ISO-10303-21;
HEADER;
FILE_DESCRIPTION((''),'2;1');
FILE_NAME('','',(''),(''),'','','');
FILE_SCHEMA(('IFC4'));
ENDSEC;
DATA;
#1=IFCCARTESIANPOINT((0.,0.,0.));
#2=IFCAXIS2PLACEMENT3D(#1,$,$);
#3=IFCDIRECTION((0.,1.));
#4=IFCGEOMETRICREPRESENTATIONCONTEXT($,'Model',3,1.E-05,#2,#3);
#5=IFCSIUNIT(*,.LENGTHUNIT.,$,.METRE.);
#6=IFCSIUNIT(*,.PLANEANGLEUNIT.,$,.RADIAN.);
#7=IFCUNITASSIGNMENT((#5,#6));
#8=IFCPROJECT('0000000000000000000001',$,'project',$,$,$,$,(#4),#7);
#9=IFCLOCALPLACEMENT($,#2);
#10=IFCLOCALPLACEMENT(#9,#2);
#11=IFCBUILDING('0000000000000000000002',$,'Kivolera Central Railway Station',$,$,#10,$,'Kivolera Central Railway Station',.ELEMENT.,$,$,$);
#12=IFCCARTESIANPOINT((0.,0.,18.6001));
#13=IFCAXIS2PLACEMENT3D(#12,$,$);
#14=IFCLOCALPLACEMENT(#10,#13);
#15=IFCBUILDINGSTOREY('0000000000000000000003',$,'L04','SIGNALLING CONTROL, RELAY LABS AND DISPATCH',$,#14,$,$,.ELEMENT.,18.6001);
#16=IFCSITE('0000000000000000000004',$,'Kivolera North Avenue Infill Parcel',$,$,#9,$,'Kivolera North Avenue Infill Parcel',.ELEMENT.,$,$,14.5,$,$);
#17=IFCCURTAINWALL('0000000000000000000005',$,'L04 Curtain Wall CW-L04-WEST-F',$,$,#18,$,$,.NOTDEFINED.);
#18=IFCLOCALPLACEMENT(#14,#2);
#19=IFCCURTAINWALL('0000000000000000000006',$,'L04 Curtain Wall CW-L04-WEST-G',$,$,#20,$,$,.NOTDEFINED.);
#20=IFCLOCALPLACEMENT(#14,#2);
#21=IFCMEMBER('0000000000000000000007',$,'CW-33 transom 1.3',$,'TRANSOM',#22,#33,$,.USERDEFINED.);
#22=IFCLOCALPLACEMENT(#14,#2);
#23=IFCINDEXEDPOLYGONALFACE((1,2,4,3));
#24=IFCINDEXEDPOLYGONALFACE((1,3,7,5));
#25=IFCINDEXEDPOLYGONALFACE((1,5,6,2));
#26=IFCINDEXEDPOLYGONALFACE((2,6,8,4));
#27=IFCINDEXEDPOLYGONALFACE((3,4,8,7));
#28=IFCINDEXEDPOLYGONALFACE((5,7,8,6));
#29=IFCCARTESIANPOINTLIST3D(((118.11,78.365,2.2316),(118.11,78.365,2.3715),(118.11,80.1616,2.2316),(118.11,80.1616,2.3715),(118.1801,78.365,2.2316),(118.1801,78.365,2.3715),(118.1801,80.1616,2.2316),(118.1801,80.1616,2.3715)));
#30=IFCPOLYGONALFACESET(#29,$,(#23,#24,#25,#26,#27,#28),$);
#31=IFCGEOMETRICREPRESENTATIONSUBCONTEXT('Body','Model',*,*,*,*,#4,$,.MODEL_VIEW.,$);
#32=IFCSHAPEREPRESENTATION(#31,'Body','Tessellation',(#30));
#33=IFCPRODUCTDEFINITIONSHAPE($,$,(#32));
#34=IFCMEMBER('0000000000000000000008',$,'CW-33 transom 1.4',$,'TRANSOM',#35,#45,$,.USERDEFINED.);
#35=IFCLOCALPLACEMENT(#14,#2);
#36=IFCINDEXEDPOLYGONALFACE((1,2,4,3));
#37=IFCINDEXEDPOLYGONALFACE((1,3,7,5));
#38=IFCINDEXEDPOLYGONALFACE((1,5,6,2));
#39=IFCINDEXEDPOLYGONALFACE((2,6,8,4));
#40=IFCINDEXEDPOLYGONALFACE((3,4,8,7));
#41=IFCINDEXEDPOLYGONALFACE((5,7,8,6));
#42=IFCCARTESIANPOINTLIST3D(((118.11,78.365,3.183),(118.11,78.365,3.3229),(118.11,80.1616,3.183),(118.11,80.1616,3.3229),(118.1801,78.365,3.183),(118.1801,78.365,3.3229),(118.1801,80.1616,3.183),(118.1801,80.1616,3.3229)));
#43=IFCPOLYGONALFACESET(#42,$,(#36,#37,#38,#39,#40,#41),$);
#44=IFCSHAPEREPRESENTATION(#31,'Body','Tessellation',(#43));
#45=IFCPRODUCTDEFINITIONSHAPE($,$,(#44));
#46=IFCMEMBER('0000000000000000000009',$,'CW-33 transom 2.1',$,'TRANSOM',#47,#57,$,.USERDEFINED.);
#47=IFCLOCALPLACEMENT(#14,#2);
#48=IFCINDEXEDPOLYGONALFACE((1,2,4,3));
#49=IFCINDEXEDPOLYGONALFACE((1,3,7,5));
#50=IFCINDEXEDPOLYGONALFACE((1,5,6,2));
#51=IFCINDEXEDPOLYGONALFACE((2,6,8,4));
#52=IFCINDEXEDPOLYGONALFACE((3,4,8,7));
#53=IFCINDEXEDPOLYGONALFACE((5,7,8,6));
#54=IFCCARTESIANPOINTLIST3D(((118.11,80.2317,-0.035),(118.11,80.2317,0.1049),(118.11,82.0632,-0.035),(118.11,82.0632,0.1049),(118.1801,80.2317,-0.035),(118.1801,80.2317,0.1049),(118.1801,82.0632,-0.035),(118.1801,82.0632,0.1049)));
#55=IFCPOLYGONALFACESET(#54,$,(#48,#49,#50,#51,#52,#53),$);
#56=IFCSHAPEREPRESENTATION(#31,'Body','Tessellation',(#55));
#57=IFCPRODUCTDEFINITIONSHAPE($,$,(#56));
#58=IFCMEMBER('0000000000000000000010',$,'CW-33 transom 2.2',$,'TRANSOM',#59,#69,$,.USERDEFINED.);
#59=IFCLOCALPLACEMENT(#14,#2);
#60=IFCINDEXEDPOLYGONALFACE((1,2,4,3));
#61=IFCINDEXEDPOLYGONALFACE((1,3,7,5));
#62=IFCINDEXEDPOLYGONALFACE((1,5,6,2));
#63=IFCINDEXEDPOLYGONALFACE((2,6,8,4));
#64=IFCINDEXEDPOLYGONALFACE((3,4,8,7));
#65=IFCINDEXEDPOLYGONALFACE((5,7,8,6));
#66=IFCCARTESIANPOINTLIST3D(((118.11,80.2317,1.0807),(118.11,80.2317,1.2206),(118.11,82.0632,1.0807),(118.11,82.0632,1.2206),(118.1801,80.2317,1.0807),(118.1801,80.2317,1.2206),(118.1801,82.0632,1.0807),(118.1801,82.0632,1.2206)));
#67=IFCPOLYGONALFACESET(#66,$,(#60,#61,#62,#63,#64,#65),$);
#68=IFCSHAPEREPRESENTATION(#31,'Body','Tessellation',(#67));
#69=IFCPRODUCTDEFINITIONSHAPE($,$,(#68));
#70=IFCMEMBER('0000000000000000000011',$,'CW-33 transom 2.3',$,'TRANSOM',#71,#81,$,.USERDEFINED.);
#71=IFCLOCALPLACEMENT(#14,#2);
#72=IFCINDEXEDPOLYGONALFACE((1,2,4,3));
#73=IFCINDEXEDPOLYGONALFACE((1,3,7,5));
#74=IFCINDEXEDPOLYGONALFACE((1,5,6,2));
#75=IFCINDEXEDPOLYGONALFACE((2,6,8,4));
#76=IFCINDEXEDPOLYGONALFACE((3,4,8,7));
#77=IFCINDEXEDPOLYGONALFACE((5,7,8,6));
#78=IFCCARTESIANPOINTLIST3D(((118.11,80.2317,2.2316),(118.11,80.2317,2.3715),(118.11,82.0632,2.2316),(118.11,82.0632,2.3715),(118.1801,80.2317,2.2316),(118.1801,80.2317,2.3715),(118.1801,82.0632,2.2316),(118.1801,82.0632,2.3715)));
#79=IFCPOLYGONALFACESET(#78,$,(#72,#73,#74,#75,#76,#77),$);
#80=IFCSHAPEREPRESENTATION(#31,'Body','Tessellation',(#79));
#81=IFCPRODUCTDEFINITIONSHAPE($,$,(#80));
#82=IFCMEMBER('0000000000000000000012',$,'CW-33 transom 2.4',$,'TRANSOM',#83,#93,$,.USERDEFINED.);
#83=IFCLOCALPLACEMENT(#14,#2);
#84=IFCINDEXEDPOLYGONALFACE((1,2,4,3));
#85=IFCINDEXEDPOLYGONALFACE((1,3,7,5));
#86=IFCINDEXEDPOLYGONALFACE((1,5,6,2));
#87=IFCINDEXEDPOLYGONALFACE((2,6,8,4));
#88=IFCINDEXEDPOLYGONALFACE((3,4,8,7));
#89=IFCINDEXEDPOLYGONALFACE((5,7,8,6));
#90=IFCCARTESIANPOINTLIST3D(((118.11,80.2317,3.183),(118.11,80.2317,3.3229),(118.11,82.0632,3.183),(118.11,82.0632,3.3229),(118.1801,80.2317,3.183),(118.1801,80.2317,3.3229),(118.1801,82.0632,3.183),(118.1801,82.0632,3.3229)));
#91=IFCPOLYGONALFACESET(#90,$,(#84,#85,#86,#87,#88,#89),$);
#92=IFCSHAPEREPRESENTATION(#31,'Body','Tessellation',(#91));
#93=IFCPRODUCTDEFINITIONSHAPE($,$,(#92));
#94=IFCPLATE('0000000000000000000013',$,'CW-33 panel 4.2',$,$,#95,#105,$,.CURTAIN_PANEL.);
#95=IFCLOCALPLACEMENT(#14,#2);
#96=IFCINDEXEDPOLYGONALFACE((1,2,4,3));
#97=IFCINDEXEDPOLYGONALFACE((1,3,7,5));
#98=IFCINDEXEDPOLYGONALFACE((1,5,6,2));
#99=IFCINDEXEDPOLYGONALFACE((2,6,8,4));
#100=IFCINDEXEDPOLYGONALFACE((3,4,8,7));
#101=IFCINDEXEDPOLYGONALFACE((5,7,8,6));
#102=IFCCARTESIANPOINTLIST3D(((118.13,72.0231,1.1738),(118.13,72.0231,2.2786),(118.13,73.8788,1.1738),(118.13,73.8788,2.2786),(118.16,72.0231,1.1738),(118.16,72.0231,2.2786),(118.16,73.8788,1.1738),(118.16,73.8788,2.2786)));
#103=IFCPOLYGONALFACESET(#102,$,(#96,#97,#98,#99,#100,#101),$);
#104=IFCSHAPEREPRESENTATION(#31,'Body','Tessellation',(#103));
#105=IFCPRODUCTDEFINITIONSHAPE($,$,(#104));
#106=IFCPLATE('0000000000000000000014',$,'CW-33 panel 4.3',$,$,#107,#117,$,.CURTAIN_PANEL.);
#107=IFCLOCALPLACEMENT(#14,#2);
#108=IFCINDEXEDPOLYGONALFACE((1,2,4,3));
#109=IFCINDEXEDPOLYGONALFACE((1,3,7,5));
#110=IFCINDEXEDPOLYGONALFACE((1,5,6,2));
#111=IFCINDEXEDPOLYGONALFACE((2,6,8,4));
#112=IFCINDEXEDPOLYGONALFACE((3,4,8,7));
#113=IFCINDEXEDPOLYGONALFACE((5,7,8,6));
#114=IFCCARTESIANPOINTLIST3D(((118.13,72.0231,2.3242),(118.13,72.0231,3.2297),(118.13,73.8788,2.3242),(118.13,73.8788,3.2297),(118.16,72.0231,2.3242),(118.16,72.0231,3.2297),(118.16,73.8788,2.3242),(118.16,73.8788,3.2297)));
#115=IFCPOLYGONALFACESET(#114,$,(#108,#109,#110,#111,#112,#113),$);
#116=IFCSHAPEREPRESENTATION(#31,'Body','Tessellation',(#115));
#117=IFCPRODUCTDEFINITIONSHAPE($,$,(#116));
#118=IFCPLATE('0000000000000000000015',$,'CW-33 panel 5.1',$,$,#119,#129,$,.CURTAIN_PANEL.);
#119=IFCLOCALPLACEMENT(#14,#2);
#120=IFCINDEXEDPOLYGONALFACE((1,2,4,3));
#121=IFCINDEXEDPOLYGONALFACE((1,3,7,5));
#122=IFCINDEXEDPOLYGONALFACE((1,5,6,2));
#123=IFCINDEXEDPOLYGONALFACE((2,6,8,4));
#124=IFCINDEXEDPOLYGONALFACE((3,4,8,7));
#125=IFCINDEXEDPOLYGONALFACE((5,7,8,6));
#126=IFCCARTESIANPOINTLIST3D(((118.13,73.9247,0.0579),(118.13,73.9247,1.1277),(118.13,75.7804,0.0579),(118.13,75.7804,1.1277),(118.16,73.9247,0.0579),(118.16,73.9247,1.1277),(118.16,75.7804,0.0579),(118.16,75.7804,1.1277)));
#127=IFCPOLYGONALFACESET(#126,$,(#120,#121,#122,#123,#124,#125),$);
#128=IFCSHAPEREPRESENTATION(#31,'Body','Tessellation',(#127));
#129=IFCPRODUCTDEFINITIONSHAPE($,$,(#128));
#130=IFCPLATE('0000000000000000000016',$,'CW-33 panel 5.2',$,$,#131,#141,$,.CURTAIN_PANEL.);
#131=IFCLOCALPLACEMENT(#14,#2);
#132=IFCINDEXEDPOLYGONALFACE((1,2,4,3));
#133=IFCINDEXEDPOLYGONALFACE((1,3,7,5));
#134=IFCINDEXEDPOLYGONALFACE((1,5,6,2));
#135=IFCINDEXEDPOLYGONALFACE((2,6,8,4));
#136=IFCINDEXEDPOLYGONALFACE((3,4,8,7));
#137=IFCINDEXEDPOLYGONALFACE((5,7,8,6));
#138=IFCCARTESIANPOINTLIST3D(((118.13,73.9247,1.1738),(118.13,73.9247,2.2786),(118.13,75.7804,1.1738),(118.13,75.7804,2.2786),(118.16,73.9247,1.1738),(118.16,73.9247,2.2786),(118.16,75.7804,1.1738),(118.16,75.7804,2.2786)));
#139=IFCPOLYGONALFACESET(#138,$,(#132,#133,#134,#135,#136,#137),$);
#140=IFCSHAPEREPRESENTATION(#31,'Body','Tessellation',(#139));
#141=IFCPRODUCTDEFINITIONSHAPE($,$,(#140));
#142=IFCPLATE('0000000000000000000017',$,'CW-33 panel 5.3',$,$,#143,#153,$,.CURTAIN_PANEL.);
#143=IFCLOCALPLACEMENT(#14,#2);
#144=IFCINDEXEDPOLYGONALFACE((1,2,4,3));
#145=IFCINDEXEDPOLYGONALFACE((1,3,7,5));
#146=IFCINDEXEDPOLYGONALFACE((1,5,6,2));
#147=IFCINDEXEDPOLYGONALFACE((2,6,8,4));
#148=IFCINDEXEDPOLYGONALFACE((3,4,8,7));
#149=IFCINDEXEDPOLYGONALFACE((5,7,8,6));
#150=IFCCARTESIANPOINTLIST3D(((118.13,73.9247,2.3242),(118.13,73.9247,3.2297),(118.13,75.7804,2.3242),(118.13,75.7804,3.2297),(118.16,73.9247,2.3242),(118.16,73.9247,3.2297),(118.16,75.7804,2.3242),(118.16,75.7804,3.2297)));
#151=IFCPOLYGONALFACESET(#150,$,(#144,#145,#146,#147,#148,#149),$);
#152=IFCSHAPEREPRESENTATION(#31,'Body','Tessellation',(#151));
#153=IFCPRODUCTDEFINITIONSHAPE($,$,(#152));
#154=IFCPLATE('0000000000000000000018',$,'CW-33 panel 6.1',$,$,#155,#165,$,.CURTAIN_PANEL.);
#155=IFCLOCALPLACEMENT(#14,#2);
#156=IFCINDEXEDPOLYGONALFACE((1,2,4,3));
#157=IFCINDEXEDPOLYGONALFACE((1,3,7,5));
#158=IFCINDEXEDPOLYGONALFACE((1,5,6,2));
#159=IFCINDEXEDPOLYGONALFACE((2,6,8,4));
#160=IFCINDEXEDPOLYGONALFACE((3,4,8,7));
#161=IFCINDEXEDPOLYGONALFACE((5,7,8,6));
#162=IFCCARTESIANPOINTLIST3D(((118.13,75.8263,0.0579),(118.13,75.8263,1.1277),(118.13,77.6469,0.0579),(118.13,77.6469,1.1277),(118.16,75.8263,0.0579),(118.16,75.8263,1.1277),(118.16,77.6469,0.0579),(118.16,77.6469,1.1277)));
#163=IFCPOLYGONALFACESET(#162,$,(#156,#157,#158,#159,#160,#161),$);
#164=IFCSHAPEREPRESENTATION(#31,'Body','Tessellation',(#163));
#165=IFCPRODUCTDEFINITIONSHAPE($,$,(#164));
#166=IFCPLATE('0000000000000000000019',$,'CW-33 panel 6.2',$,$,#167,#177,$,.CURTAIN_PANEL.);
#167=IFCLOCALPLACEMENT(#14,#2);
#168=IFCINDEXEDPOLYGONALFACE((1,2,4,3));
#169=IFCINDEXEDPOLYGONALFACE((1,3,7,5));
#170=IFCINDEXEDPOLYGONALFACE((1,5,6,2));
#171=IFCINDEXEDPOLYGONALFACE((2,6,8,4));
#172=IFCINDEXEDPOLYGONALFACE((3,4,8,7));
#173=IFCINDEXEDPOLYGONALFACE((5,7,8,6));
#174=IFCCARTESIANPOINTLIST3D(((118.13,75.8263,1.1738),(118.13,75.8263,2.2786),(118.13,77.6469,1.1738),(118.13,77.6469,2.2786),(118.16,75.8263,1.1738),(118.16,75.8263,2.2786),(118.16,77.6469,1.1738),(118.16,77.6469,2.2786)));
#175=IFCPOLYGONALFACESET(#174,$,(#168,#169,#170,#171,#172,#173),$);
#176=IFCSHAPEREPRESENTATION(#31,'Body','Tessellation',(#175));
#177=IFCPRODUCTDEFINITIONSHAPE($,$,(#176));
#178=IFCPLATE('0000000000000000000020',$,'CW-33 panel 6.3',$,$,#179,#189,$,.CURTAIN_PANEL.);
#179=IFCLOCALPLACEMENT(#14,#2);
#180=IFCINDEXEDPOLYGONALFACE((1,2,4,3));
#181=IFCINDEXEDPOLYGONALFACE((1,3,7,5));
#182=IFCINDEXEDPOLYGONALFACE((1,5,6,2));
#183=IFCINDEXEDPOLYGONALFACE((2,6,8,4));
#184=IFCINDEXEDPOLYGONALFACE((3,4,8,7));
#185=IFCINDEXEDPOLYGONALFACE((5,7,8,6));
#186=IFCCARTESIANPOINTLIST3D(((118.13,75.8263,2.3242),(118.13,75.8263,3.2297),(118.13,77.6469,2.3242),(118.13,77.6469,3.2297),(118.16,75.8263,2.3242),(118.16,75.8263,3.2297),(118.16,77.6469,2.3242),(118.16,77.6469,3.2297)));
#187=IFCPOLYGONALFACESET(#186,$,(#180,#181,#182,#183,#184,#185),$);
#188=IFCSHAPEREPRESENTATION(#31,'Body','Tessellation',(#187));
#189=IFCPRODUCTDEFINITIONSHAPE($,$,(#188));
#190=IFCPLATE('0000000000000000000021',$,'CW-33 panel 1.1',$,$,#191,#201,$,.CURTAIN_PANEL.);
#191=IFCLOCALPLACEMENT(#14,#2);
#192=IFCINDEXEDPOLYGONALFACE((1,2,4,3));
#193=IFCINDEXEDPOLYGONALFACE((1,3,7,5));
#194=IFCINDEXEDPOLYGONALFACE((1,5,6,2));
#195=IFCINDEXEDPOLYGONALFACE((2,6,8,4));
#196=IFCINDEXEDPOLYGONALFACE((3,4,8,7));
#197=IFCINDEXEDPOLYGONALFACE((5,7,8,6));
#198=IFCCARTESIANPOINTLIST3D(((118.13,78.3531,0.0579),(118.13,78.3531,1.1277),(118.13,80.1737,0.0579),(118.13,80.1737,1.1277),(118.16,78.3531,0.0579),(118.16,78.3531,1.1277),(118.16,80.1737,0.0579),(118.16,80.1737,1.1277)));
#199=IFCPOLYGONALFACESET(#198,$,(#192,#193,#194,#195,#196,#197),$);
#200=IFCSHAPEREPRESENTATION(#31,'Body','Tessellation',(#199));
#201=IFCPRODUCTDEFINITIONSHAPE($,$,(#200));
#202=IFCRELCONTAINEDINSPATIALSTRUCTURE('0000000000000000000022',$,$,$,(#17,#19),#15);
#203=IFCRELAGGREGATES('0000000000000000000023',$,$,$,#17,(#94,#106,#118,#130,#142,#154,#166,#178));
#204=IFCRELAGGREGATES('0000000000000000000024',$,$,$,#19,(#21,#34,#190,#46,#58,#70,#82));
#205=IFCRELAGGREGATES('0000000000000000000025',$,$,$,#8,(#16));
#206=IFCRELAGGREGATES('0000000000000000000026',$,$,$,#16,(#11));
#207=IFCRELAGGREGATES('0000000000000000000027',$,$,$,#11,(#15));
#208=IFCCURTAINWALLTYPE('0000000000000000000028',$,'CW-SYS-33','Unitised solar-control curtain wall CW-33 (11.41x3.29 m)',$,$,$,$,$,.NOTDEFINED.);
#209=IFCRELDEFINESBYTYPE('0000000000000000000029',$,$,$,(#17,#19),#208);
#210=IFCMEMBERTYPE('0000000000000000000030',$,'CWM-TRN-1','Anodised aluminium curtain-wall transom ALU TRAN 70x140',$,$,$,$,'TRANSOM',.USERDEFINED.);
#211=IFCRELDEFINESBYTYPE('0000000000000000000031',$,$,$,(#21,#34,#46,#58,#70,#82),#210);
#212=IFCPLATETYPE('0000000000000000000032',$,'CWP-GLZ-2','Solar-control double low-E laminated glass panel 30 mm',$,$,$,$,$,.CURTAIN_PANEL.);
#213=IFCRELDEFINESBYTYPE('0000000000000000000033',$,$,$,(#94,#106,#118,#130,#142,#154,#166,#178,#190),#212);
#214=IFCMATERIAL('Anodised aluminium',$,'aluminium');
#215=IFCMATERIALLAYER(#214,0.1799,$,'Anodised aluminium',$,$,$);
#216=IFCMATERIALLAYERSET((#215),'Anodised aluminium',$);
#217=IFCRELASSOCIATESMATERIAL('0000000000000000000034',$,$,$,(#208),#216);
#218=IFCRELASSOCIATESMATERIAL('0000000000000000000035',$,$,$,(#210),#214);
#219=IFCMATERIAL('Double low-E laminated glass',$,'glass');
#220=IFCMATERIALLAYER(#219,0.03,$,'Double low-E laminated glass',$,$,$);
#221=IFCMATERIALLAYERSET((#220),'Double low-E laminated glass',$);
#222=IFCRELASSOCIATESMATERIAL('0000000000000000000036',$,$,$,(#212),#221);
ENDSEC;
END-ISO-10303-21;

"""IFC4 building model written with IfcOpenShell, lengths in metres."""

from ifc_helpers import new_model, si_unit, direction, frame, origin, origin_2d, place, context, subcontext, project, spatial, rectangle, extrude, material, layer, layer_set, material_profile, profile_set, type_object, element, aggregate, save


model = new_model("IFC4")

# Units and contexts
model_context = context("Model", 3, precision=1e-05, world=origin(), true_north=direction((0.0, 1.0)))
body_context = subcontext(model_context, "Body", "Model", "MODEL_VIEW")
ifc_project = project(units=[si_unit("LENGTHUNIT", "METRE"), si_unit("PLANEANGLEUNIT", "RADIAN")], contexts=[model_context])

# Site, building, storey
site_placement = place(None, origin())
site = spatial("IfcSite", under=ifc_project, at=site_placement, Name="Kivolera North Avenue Infill Parcel", LongName="Kivolera North Avenue Infill Parcel", CompositionType="ELEMENT", RefElevation=14.5)
building_placement = place(site_placement, origin())
building = spatial("IfcBuilding", under=site, at=building_placement, Name="Kivolera Central Railway Station", LongName="Kivolera Central Railway Station", CompositionType="ELEMENT")
storey_placement = place(building_placement, frame((0.0, 0.0, 18.6001)))
storey = spatial("IfcBuildingStorey", under=building, at=storey_placement, Name="L04", Description="SIGNALLING CONTROL, RELAY LABS AND DISPATCH", CompositionType="ELEMENT", Elevation=18.6001)

# Curtain walls
ifc_material_1 = material(Name="Anodised aluminium", Category="aluminium")
ifc_layer_1 = layer(ifc_material_1, 0.1799, Name="Anodised aluminium")
ifc_layer_set_1 = layer_set([ifc_layer_1], Name="Anodised aluminium")
curtain_wall_type = type_object("IfcCurtainWallType", Name="CW-SYS-33", Description="Unitised solar-control curtain wall CW-33 (11.41x3.29 m)", PredefinedType="NOTDEFINED", material=ifc_layer_set_1)
curtain_wall_1_placement = place(storey_placement, origin())
curtain_wall_1 = element("IfcCurtainWall", 1, at=curtain_wall_1_placement, inside=storey, type_object=curtain_wall_type, Name="L04 Curtain Wall CW-L04-WEST-F", PredefinedType="NOTDEFINED")
curtain_wall_2_placement = place(storey_placement, origin())
curtain_wall_2 = element("IfcCurtainWall", 2, at=curtain_wall_2_placement, inside=storey, type_object=curtain_wall_type, Name="L04 Curtain Wall CW-L04-WEST-G", PredefinedType="NOTDEFINED")

# Members
ifc_material_profile_1 = material_profile(ifc_material_1, rectangle(XDim=0.0701, YDim=0.1399, at=origin_2d()), Name="ALU TRAN 70x140")
ifc_profile_set_1 = profile_set([ifc_material_profile_1], Name="Anodised aluminium")
member_type_1 = type_object("IfcMemberType", Name="CWM-TRN-1", Description="Anodised aluminium curtain-wall transom ALU TRAN 70x140", ElementType="TRANSOM", PredefinedType="USERDEFINED", material=ifc_profile_set_1)
member_1_placement = place(storey_placement, frame((118.145, 78.365, 2.3015), z_axis=(0.0, 1.0, 0.0), x_axis=(-1.0, 0.0, 0.0)))
member_1 = element("IfcMember", 3, at=member_1_placement, type_object=member_type_1, Name="CW-33 transom 1.3", ObjectType="TRANSOM", PredefinedType="USERDEFINED", context=body_context, shape_type="SweptSolid", body=[
    extrude(rectangle(XDim=0.0701, YDim=0.1399, at=origin_2d()), origin(), (0.0, 0.0, 1.0), 1.7966),
])
member_2_placement = place(storey_placement, frame((118.145, 78.365, 3.2529), z_axis=(0.0, 1.0, 0.0), x_axis=(-1.0, 0.0, 0.0)))
member_2 = element("IfcMember", 4, at=member_2_placement, type_object=member_type_1, Name="CW-33 transom 1.4", ObjectType="TRANSOM", PredefinedType="USERDEFINED", context=body_context, shape_type="SweptSolid", body=[
    extrude(rectangle(XDim=0.0701, YDim=0.1399, at=origin_2d()), origin(), (0.0, 0.0, 1.0), 1.7966),
])
member_3_placement = place(storey_placement, frame((118.145, 80.2317, 0.0349), z_axis=(0.0, 1.0, 0.0), x_axis=(-1.0, 0.0, 0.0)))
member_3 = element("IfcMember", 5, at=member_3_placement, type_object=member_type_1, Name="CW-33 transom 2.1", ObjectType="TRANSOM", PredefinedType="USERDEFINED", context=body_context, shape_type="SweptSolid", body=[
    extrude(rectangle(XDim=0.0701, YDim=0.1399, at=origin_2d()), origin(), (0.0, 0.0, 1.0), 1.8315),
])
member_4_placement = place(storey_placement, frame((118.145, 80.2317, 1.1506), z_axis=(0.0, 1.0, 0.0), x_axis=(-1.0, 0.0, 0.0)))
member_4 = element("IfcMember", 6, at=member_4_placement, type_object=member_type_1, Name="CW-33 transom 2.2", ObjectType="TRANSOM", PredefinedType="USERDEFINED", context=body_context, shape_type="SweptSolid", body=[
    extrude(rectangle(XDim=0.0701, YDim=0.1399, at=origin_2d()), origin(), (0.0, 0.0, 1.0), 1.8315),
])
member_5_placement = place(storey_placement, frame((118.145, 80.2317, 2.3015), z_axis=(0.0, 1.0, 0.0), x_axis=(-1.0, 0.0, 0.0)))
member_5 = element("IfcMember", 7, at=member_5_placement, type_object=member_type_1, Name="CW-33 transom 2.3", ObjectType="TRANSOM", PredefinedType="USERDEFINED", context=body_context, shape_type="SweptSolid", body=[
    extrude(rectangle(XDim=0.0701, YDim=0.1399, at=origin_2d()), origin(), (0.0, 0.0, 1.0), 1.8315),
])
member_6_placement = place(storey_placement, frame((118.145, 80.2317, 3.2529), z_axis=(0.0, 1.0, 0.0), x_axis=(-1.0, 0.0, 0.0)))
member_6 = element("IfcMember", 8, at=member_6_placement, type_object=member_type_1, Name="CW-33 transom 2.4", ObjectType="TRANSOM", PredefinedType="USERDEFINED", context=body_context, shape_type="SweptSolid", body=[
    extrude(rectangle(XDim=0.0701, YDim=0.1399, at=origin_2d()), origin(), (0.0, 0.0, 1.0), 1.8315),
])

# Plates
ifc_material_2 = material(Name="Double low-E laminated glass", Category="glass")
ifc_layer_2 = layer(ifc_material_2, 0.03, Name="Double low-E laminated glass")
ifc_layer_set_2 = layer_set([ifc_layer_2], Name="Double low-E laminated glass")
plate_type = type_object("IfcPlateType", Name="CWP-GLZ-2", Description="Solar-control double low-E laminated glass panel 30 mm", PredefinedType="CURTAIN_PANEL", material=ifc_layer_set_2)
plate_1_placement = place(storey_placement, frame((118.145, 72.9509, 1.1738), z_axis=(0.0, 0.0, 1.0), x_axis=(0.0, 1.0, 0.0)))
plate_1 = element("IfcPlate", 9, at=plate_1_placement, type_object=plate_type, Name="CW-33 panel 4.2", PredefinedType="CURTAIN_PANEL", context=body_context, shape_type="SweptSolid", body=[
    extrude(rectangle(XDim=1.8557, YDim=0.03, at=origin_2d()), origin(), (0.0, 0.0, 1.0), 1.1047),
])
plate_2_placement = place(storey_placement, frame((118.145, 72.9509, 2.3242), z_axis=(0.0, 0.0, 1.0), x_axis=(0.0, 1.0, 0.0)))
plate_2 = element("IfcPlate", 10, at=plate_2_placement, type_object=plate_type, Name="CW-33 panel 4.3", PredefinedType="CURTAIN_PANEL", context=body_context, shape_type="SweptSolid", body=[
    extrude(rectangle(XDim=1.8557, YDim=0.03, at=origin_2d()), origin(), (0.0, 0.0, 1.0), 0.9055),
])
plate_3_placement = place(storey_placement, frame((118.145, 74.8525, 0.0579), z_axis=(0.0, 0.0, 1.0), x_axis=(0.0, 1.0, 0.0)))
plate_3 = element("IfcPlate", 11, at=plate_3_placement, type_object=plate_type, Name="CW-33 panel 5.1", PredefinedType="CURTAIN_PANEL", context=body_context, shape_type="SweptSolid", body=[
    extrude(rectangle(XDim=1.8557, YDim=0.03, at=origin_2d()), origin(), (0.0, 0.0, 1.0), 1.0698),
])
plate_4_placement = place(storey_placement, frame((118.145, 74.8525, 1.1738), z_axis=(0.0, 0.0, 1.0), x_axis=(0.0, 1.0, 0.0)))
plate_4 = element("IfcPlate", 12, at=plate_4_placement, type_object=plate_type, Name="CW-33 panel 5.2", PredefinedType="CURTAIN_PANEL", context=body_context, shape_type="SweptSolid", body=[
    extrude(rectangle(XDim=1.8557, YDim=0.03, at=origin_2d()), origin(), (0.0, 0.0, 1.0), 1.1047),
])
plate_5_placement = place(storey_placement, frame((118.145, 74.8525, 2.3242), z_axis=(0.0, 0.0, 1.0), x_axis=(0.0, 1.0, 0.0)))
plate_5 = element("IfcPlate", 13, at=plate_5_placement, type_object=plate_type, Name="CW-33 panel 5.3", PredefinedType="CURTAIN_PANEL", context=body_context, shape_type="SweptSolid", body=[
    extrude(rectangle(XDim=1.8557, YDim=0.03, at=origin_2d()), origin(), (0.0, 0.0, 1.0), 0.9055),
])
plate_6_placement = place(storey_placement, frame((118.145, 76.7366, 0.0579), z_axis=(0.0, 0.0, 1.0), x_axis=(0.0, 1.0, 0.0)))
plate_6 = element("IfcPlate", 14, at=plate_6_placement, type_object=plate_type, Name="CW-33 panel 6.1", PredefinedType="CURTAIN_PANEL", context=body_context, shape_type="SweptSolid", body=[
    extrude(rectangle(XDim=1.8206, YDim=0.03, at=origin_2d()), origin(), (0.0, 0.0, 1.0), 1.0698),
])
plate_7_placement = place(storey_placement, frame((118.145, 76.7366, 1.1738), z_axis=(0.0, 0.0, 1.0), x_axis=(0.0, 1.0, 0.0)))
plate_7 = element("IfcPlate", 15, at=plate_7_placement, type_object=plate_type, Name="CW-33 panel 6.2", PredefinedType="CURTAIN_PANEL", context=body_context, shape_type="SweptSolid", body=[
    extrude(rectangle(XDim=1.8206, YDim=0.03, at=origin_2d()), origin(), (0.0, 0.0, 1.0), 1.1047),
])
plate_8_placement = place(storey_placement, frame((118.145, 76.7366, 2.3242), z_axis=(0.0, 0.0, 1.0), x_axis=(0.0, 1.0, 0.0)))
plate_8 = element("IfcPlate", 16, at=plate_8_placement, type_object=plate_type, Name="CW-33 panel 6.3", PredefinedType="CURTAIN_PANEL", context=body_context, shape_type="SweptSolid", body=[
    extrude(rectangle(XDim=1.8206, YDim=0.03, at=origin_2d()), origin(), (0.0, 0.0, 1.0), 0.9055),
])
aggregate(curtain_wall_1, [plate_1, plate_2, plate_3, plate_4, plate_5, plate_6, plate_7, plate_8])
plate_9_placement = place(storey_placement, frame((118.145, 79.2634, 0.0579), z_axis=(0.0, 0.0, 1.0), x_axis=(0.0, 1.0, 0.0)))
plate_9 = element("IfcPlate", 17, at=plate_9_placement, type_object=plate_type, Name="CW-33 panel 1.1", PredefinedType="CURTAIN_PANEL", context=body_context, shape_type="SweptSolid", body=[
    extrude(rectangle(XDim=1.8206, YDim=0.03, at=origin_2d()), origin(), (0.0, 0.0, 1.0), 1.0698),
])
aggregate(curtain_wall_2, [member_1, member_2, plate_9, member_3, member_4, member_5, member_6])

save(model, "model.ifc")
